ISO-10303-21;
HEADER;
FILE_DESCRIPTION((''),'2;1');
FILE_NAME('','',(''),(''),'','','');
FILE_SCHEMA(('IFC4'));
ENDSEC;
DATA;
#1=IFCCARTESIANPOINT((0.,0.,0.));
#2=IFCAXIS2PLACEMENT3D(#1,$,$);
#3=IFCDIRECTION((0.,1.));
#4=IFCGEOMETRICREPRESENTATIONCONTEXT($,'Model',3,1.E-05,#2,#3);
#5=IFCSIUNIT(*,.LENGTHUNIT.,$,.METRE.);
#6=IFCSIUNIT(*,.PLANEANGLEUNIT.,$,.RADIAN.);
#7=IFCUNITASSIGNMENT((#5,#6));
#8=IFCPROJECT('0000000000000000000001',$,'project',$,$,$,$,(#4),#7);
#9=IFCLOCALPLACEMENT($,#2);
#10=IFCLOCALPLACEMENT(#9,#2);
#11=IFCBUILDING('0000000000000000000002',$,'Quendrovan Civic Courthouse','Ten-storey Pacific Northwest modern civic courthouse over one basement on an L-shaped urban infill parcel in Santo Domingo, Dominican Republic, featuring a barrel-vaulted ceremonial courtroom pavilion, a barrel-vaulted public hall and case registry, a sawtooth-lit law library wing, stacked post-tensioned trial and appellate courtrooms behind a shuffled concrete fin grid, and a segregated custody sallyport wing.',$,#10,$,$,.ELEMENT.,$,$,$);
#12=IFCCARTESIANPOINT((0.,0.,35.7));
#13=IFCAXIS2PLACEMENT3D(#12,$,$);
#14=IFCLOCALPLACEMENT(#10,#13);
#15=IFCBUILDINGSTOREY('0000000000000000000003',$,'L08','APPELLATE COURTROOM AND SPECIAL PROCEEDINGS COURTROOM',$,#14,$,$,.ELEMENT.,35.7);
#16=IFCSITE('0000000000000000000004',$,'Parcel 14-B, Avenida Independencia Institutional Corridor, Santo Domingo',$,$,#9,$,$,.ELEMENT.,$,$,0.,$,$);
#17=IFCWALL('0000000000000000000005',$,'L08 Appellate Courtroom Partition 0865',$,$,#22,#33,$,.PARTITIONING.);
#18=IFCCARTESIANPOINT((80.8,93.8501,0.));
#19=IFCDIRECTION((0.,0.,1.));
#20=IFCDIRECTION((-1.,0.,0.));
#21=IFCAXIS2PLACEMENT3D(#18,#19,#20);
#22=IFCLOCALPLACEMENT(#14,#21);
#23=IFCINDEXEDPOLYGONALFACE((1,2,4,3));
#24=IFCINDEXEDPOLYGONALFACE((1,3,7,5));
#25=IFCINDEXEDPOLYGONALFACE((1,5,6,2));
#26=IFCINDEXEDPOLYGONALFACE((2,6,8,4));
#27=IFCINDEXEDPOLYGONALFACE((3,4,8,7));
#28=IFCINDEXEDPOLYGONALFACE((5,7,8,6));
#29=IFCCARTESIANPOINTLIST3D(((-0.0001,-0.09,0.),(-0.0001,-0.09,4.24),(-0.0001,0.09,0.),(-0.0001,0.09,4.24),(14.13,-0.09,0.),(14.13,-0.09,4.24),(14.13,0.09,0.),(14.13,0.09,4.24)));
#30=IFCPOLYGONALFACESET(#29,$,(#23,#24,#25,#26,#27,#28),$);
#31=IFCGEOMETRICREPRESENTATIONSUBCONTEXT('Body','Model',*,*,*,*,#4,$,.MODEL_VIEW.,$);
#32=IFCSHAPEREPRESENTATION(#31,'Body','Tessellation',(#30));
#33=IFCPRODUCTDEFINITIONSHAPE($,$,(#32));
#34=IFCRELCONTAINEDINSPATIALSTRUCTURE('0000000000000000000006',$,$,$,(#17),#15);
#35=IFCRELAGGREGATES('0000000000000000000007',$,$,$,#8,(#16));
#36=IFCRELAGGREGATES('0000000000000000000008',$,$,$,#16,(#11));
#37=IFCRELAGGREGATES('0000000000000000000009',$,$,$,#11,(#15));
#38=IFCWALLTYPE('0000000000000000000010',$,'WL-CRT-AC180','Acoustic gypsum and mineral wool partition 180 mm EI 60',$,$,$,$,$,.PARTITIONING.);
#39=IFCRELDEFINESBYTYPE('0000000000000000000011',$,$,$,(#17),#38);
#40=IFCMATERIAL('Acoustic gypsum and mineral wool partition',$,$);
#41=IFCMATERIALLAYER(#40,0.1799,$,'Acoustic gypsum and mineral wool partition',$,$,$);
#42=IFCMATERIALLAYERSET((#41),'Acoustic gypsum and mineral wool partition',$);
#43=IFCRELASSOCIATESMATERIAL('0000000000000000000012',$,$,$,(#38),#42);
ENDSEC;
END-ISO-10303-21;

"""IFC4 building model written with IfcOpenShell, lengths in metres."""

from ifc_helpers import new_model, si_unit, direction, frame, frame_2d, origin, place, context, subcontext, project, spatial, rectangle, extrude, material, layer, layer_set, type_object, element, save


model = new_model("IFC4")

# Units and contexts
model_context = context("Model", 3, precision=1e-05, world=origin(), true_north=direction((0.0, 1.0)))
body_context = subcontext(model_context, "Body", "Model", "MODEL_VIEW")
ifc_project = project(units=[si_unit("LENGTHUNIT", "METRE"), si_unit("PLANEANGLEUNIT", "RADIAN")], contexts=[model_context])

# Site, building, storey
site_placement = place(None, origin())
site = spatial("IfcSite", under=ifc_project, at=site_placement, Name="Parcel 14-B, Avenida Independencia Institutional Corridor, Santo Domingo", CompositionType="ELEMENT", RefElevation=0.0)
building_placement = place(site_placement, origin())
building = spatial("IfcBuilding", under=site, at=building_placement, Name="Quendrovan Civic Courthouse", Description="Ten-storey Pacific Northwest modern civic courthouse over one basement on an L-shaped urban infill parcel in Santo Domingo, Dominican Republic, featuring a barrel-vaulted ceremonial courtroom pavilion, a barrel-vaulted public hall and case registry, a sawtooth-lit law library wing, stacked post-tensioned trial and appellate courtrooms behind a shuffled concrete fin grid, and a segregated custody sallyport wing.", CompositionType="ELEMENT")
storey_placement = place(building_placement, frame((0.0, 0.0, 35.7)))
storey = spatial("IfcBuildingStorey", under=building, at=storey_placement, Name="L08", Description="APPELLATE COURTROOM AND SPECIAL PROCEEDINGS COURTROOM", CompositionType="ELEMENT", Elevation=35.7)

# Shared definitions
ifc_material_1 = material(Name="Acoustic gypsum and mineral wool partition")
ifc_layer_1 = layer(ifc_material_1, 0.1799, Name="Acoustic gypsum and mineral wool partition")
ifc_layer_set_1 = layer_set([ifc_layer_1], Name="Acoustic gypsum and mineral wool partition")
wall_type_1 = type_object("IfcWallType", Name="WL-CRT-AC180", Description="Acoustic gypsum and mineral wool partition 180 mm EI 60", PredefinedType="PARTITIONING", material=ifc_layer_set_1)

# Wall
wall_1_placement = place(storey_placement, frame((80.8, 93.8501, 0.0), z_axis=(0.0, 0.0, 1.0), x_axis=(-1.0, 0.0, 0.0)))
element("IfcWall", 1, at=wall_1_placement, inside=storey, type_object=wall_type_1, Name="L08 Appellate Courtroom Partition 0865", PredefinedType="PARTITIONING", context=body_context, shape_type="SweptSolid", body=[
    extrude(rectangle(XDim=14.1301, YDim=0.1799, at=frame_2d((7.0649, 0.0))), origin(), (0.0, 0.0, 1.0), 4.24),
])

save(model, "model.ifc")
